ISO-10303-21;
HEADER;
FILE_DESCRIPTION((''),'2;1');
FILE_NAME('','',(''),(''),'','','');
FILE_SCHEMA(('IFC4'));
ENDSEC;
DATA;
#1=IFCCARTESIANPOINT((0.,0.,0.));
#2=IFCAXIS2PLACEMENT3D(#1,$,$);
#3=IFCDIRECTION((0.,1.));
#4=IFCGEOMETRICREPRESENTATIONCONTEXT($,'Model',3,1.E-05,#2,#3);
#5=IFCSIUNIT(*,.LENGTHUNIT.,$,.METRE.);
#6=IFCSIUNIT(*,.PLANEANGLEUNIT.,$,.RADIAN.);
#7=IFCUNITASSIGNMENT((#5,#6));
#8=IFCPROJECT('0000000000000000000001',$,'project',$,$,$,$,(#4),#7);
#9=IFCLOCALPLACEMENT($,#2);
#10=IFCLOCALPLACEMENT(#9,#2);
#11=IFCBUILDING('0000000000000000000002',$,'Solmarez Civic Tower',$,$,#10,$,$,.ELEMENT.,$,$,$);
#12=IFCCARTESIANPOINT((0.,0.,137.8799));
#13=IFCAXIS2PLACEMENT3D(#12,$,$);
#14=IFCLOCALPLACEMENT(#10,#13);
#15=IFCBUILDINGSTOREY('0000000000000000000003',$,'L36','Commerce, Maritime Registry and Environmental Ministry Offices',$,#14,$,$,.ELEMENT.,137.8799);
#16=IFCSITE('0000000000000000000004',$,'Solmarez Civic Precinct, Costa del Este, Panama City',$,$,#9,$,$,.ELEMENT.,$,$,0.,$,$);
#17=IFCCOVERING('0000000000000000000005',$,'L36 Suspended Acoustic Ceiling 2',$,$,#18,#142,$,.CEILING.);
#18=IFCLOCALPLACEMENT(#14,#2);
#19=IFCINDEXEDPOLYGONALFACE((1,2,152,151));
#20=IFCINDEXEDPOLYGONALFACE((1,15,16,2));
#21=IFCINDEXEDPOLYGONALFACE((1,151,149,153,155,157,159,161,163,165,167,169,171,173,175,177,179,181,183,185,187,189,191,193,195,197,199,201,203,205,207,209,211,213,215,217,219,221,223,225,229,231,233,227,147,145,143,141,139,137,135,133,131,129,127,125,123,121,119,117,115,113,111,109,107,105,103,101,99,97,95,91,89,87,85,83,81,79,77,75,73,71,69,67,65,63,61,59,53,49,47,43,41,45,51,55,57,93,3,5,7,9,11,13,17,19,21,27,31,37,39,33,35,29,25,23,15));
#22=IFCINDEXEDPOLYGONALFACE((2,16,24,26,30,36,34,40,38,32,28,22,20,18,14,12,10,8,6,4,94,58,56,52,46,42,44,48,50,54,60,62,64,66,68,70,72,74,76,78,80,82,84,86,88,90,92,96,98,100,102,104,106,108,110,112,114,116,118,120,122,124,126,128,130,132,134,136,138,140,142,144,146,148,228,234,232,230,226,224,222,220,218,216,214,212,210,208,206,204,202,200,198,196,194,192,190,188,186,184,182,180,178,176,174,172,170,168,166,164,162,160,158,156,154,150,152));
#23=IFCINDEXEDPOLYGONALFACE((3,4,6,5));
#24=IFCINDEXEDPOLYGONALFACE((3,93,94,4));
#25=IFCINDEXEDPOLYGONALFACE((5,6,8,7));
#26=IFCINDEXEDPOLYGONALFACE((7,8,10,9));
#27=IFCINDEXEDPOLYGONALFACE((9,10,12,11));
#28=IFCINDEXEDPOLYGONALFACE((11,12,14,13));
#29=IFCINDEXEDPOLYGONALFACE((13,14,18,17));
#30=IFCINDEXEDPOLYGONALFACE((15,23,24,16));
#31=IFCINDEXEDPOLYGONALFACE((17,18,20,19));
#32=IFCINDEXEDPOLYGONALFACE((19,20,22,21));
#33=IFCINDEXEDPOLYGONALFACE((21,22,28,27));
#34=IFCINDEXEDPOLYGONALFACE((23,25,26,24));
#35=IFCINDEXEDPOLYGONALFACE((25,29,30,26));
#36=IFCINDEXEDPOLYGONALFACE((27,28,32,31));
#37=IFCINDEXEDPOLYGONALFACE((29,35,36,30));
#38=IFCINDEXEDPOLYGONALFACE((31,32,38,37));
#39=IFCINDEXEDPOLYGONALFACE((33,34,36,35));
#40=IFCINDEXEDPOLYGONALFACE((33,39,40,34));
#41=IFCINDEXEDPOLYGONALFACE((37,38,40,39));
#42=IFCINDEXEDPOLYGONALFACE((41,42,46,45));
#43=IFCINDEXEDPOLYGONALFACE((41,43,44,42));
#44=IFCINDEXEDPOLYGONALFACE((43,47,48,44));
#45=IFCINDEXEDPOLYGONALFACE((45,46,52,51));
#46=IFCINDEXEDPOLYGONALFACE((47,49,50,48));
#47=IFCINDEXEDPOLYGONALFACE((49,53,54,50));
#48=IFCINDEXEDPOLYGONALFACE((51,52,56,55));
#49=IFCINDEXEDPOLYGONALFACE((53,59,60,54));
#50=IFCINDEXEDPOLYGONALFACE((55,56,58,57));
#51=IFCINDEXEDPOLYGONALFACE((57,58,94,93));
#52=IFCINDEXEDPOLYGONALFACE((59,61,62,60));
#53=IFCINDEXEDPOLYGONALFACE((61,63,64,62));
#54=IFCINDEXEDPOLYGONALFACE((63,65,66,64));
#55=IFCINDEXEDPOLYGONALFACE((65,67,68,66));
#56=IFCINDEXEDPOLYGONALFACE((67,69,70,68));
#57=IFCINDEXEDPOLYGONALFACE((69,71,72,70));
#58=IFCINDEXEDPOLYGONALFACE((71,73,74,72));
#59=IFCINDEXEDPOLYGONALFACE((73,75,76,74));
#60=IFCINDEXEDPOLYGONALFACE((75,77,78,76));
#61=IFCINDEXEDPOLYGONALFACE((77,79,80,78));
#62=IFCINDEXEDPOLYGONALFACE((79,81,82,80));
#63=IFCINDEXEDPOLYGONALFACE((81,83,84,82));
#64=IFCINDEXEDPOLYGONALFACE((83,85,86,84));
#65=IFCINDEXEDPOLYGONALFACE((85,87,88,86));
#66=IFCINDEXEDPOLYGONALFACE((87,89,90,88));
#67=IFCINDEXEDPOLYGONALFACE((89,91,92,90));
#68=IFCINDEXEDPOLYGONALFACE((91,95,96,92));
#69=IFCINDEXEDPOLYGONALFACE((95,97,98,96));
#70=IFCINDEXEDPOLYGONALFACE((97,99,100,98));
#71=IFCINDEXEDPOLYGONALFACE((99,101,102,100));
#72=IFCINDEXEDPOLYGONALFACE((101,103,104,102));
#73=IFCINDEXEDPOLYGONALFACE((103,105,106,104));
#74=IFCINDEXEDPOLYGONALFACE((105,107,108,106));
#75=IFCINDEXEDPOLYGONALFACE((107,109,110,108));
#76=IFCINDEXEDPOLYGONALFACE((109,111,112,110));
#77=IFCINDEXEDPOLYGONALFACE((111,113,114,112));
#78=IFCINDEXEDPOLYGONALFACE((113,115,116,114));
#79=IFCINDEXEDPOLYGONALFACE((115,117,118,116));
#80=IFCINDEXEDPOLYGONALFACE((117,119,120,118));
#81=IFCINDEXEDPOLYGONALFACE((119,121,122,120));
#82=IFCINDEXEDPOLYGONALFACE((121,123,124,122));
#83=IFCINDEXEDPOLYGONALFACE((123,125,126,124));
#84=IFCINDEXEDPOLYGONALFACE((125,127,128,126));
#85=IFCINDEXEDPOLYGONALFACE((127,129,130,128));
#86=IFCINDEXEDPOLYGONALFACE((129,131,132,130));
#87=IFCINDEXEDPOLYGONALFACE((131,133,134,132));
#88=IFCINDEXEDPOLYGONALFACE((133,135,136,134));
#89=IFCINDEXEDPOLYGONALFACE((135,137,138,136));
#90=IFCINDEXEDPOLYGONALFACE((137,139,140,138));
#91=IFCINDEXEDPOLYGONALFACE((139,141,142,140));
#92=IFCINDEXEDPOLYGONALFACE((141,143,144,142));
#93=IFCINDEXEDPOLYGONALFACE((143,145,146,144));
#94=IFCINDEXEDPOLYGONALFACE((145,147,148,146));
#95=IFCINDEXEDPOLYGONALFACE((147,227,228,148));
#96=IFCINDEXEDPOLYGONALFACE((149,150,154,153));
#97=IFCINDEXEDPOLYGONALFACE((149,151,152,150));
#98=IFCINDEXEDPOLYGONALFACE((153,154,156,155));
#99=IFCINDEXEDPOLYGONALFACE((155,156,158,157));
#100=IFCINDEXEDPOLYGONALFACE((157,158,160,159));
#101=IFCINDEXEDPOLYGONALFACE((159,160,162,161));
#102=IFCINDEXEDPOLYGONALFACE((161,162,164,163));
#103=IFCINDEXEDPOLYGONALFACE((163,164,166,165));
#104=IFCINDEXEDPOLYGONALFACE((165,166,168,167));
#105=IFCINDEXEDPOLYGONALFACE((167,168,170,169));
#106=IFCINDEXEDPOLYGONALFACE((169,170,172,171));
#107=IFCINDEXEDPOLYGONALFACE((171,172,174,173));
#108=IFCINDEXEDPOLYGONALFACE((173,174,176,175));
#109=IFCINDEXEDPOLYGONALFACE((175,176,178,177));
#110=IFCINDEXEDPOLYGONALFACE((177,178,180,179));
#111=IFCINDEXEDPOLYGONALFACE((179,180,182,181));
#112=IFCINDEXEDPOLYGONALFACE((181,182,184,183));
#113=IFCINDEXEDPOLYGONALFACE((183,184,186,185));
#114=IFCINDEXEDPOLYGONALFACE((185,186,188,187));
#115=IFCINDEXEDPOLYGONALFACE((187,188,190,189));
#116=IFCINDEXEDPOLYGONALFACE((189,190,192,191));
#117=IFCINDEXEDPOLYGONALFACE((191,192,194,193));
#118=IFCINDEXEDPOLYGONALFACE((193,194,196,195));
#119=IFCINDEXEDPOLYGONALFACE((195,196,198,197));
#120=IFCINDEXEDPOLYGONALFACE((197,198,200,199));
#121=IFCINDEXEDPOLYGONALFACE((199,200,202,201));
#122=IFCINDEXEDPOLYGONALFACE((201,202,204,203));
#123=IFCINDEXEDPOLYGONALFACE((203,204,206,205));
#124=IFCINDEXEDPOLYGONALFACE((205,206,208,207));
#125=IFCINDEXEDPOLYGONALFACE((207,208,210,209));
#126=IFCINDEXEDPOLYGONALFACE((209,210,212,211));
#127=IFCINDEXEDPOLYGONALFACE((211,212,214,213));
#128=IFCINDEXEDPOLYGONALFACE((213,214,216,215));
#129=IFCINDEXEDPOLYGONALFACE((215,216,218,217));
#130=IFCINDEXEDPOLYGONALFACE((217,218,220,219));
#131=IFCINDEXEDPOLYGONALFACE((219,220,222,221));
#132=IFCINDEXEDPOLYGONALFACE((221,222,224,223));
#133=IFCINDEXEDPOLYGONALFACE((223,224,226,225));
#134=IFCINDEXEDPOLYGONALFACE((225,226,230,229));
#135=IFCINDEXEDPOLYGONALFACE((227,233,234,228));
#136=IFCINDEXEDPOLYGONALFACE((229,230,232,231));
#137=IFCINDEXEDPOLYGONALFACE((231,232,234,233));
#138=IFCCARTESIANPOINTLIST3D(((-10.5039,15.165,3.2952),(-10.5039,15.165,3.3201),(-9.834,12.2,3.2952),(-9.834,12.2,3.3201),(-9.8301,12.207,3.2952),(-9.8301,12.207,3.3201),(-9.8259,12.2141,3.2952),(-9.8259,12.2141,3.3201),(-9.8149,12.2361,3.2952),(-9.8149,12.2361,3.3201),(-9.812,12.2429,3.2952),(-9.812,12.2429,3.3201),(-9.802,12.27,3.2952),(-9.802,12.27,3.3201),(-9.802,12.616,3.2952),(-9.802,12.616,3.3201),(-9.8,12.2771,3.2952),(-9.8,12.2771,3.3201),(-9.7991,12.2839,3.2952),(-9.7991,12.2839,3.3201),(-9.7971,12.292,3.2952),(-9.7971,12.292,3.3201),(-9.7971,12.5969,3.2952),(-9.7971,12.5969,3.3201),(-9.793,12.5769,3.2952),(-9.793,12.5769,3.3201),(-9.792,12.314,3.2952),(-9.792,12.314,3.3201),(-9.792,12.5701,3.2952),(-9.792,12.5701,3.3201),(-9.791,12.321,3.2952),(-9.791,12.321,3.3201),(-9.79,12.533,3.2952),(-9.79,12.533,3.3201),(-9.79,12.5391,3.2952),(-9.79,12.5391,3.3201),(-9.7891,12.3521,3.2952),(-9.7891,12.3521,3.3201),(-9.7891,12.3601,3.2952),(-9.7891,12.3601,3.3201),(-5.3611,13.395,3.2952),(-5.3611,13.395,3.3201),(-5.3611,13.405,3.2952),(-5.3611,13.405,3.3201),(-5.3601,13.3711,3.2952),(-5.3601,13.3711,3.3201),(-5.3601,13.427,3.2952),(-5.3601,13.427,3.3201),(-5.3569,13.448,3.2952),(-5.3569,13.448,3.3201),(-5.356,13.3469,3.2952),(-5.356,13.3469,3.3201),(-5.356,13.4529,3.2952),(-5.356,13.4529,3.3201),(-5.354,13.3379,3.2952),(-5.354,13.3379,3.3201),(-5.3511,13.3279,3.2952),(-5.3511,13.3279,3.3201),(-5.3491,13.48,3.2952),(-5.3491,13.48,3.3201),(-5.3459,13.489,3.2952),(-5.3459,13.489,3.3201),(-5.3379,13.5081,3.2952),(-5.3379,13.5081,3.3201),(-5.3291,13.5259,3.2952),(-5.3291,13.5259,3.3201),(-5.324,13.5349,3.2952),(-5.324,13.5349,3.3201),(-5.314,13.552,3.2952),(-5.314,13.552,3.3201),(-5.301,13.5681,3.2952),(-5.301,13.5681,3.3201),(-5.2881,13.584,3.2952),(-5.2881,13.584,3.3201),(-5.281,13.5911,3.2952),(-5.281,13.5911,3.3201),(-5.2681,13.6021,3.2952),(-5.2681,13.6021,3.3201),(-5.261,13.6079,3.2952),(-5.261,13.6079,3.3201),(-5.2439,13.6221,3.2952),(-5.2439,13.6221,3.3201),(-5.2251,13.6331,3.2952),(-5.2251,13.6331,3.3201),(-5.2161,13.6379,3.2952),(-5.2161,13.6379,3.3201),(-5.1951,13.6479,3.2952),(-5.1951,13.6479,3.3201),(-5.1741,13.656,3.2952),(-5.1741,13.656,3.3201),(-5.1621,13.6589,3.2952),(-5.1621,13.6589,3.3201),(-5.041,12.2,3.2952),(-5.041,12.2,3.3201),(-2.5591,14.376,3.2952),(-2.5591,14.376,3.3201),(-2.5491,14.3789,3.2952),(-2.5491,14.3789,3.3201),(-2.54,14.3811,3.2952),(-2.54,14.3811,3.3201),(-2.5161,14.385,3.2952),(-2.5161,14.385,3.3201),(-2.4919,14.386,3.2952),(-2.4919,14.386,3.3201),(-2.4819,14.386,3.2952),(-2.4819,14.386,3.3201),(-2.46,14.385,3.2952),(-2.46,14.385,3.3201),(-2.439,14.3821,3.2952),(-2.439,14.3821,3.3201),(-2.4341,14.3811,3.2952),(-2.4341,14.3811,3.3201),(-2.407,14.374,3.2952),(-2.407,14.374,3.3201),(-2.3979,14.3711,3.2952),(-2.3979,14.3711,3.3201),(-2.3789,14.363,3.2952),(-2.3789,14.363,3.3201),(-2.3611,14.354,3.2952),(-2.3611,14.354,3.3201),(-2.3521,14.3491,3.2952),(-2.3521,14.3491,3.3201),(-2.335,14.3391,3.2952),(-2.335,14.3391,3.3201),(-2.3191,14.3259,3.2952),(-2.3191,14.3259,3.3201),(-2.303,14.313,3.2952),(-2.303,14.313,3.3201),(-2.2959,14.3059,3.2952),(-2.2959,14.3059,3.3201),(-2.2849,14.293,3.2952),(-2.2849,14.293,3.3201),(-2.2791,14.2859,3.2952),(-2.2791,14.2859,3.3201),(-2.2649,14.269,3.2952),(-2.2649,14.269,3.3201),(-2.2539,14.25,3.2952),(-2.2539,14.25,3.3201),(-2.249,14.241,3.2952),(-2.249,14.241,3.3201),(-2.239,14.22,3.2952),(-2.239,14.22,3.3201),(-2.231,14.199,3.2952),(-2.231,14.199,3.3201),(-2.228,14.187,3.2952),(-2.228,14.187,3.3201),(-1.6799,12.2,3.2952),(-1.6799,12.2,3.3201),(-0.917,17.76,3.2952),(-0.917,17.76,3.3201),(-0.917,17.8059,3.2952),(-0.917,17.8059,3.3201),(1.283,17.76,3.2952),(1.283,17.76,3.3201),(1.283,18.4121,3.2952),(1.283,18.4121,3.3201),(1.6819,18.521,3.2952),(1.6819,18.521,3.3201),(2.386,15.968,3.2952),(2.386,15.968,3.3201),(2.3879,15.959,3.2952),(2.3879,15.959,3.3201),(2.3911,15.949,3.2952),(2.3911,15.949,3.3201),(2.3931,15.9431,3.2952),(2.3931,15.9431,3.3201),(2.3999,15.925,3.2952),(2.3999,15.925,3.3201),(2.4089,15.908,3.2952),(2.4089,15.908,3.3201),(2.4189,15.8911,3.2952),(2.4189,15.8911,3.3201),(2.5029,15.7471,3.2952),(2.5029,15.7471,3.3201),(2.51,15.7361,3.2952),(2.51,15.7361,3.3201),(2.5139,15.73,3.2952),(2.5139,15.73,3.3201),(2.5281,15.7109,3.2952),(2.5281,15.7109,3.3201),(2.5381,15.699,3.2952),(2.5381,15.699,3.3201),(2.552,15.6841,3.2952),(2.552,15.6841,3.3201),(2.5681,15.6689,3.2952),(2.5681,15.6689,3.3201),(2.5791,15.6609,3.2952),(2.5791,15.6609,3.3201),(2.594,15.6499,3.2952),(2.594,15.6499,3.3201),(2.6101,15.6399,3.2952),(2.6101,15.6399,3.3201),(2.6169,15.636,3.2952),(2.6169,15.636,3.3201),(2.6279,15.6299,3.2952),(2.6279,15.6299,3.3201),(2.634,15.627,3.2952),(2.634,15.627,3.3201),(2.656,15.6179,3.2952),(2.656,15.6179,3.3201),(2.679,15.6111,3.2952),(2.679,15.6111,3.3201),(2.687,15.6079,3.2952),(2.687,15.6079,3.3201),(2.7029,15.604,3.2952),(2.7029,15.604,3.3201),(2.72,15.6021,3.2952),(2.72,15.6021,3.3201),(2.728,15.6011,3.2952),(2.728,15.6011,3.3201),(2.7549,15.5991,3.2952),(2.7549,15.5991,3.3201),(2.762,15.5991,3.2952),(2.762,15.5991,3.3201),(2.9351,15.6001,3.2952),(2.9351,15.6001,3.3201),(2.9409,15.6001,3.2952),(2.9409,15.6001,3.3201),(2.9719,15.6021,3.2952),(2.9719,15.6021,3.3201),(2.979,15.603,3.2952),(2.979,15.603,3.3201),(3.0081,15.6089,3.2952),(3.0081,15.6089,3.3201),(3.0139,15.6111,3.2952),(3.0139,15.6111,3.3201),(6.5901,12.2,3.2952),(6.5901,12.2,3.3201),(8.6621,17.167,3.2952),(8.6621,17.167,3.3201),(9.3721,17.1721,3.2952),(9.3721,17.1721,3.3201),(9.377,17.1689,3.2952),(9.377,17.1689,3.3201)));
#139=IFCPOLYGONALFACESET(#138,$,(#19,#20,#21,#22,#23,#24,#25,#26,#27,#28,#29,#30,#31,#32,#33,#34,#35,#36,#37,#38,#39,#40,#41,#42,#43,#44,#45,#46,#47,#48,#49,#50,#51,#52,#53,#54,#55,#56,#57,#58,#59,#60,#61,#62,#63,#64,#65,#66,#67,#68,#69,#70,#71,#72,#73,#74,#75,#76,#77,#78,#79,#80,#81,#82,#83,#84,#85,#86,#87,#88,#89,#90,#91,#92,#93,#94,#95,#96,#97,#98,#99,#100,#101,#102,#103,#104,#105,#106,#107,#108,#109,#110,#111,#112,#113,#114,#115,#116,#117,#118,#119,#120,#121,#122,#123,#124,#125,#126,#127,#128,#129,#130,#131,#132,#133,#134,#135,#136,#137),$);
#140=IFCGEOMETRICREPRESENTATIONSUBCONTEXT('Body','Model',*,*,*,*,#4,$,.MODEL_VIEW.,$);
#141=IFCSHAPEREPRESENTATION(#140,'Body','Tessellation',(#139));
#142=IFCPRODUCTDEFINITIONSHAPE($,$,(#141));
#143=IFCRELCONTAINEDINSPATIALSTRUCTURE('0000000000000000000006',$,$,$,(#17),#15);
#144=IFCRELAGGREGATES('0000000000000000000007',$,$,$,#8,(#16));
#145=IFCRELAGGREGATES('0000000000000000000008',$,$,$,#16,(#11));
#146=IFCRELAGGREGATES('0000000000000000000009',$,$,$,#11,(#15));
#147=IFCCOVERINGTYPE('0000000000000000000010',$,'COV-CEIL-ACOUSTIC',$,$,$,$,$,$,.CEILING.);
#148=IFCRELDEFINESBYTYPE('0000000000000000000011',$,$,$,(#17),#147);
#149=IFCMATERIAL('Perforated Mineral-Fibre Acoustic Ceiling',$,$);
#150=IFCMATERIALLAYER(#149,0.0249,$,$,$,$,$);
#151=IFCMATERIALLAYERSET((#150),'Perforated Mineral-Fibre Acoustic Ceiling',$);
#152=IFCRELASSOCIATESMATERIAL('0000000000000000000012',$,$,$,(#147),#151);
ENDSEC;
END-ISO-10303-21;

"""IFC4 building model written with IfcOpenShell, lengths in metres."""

from ifc_helpers import new_model, si_unit, direction, frame, origin, place, context, subcontext, project, spatial, polyline, outline, extrude, material, layer, layer_set, type_object, element, save


model = new_model("IFC4")

# Units and contexts
model_context = context("Model", 3, precision=1e-05, world=origin(), true_north=direction((0.0, 1.0)))
body_context = subcontext(model_context, "Body", "Model", "MODEL_VIEW")
ifc_project = project(units=[si_unit("LENGTHUNIT", "METRE"), si_unit("PLANEANGLEUNIT", "RADIAN")], contexts=[model_context])

# Site, building, storey
site_placement = place(None, origin())
site = spatial("IfcSite", under=ifc_project, at=site_placement, Name="Solmarez Civic Precinct, Costa del Este, Panama City", CompositionType="ELEMENT", RefElevation=0.0)
building_placement = place(site_placement, origin())
building = spatial("IfcBuilding", under=site, at=building_placement, Name="Solmarez Civic Tower", CompositionType="ELEMENT")
storey_placement = place(building_placement, frame((0.0, 0.0, 137.8799)))
storey = spatial("IfcBuildingStorey", under=building, at=storey_placement, Name="L36", Description="Commerce, Maritime Registry and Environmental Ministry Offices", CompositionType="ELEMENT", Elevation=137.8799)

# Covering
ifc_material_1 = material(Name="Perforated Mineral-Fibre Acoustic Ceiling")
ifc_layer_1 = layer(ifc_material_1, 0.0249)
ifc_layer_set_1 = layer_set([ifc_layer_1], Name="Perforated Mineral-Fibre Acoustic Ceiling")
covering_type_1 = type_object("IfcCoveringType", Name="COV-CEIL-ACOUSTIC", PredefinedType="CEILING", material=ifc_layer_set_1)
covering_1_placement = place(storey_placement, frame((0.0, 0.0, 3.2952)))
element("IfcCovering", 1, at=covering_1_placement, inside=storey, type_object=covering_type_1, Name="L36 Suspended Acoustic Ceiling 2", PredefinedType="CEILING", context=body_context, shape_type="SweptSolid", body=[
    extrude(outline(polyline([(-10.5039, 15.165), (-9.802, 12.616), (-9.7971, 12.5969), (-9.793, 12.5769), (-9.792, 12.5701), (-9.79, 12.5391), (-9.79, 12.533), (-9.7891, 12.3601), (-9.7891, 12.3521), (-9.791, 12.321), (-9.792, 12.314), (-9.7971, 12.292), (-9.7991, 12.2839), (-9.8, 12.2771), (-9.802, 12.27), (-9.812, 12.2429), (-9.8149, 12.2361), (-9.8259, 12.2141), (-9.8301, 12.207), (-9.834, 12.2), (-5.041, 12.2), (-5.3511, 13.3279), (-5.354, 13.3379), (-5.356, 13.3469), (-5.3601, 13.3711), (-5.3611, 13.395), (-5.3611, 13.405), (-5.3601, 13.427), (-5.3569, 13.448), (-5.356, 13.4529), (-5.3491, 13.48), (-5.3459, 13.489), (-5.3379, 13.5081), (-5.3291, 13.5259), (-5.324, 13.5349), (-5.314, 13.552), (-5.301, 13.5681), (-5.2881, 13.584), (-5.281, 13.5911), (-5.2681, 13.6021), (-5.261, 13.6079), (-5.2439, 13.6221), (-5.2251, 13.6331), (-5.2161, 13.6379), (-5.1951, 13.6479), (-5.1741, 13.656), (-5.1621, 13.6589), (-2.5591, 14.376), (-2.5491, 14.3789), (-2.54, 14.3811), (-2.5161, 14.385), (-2.4919, 14.386), (-2.4819, 14.386), (-2.46, 14.385), (-2.439, 14.3821), (-2.4341, 14.3811), (-2.407, 14.374), (-2.3979, 14.3711), (-2.3789, 14.363), (-2.3611, 14.354), (-2.3521, 14.3491), (-2.335, 14.3391), (-2.3191, 14.3259), (-2.303, 14.313), (-2.2959, 14.3059), (-2.2849, 14.293), (-2.2791, 14.2859), (-2.2649, 14.269), (-2.2539, 14.25), (-2.249, 14.241), (-2.239, 14.22), (-2.231, 14.199), (-2.228, 14.187), (-1.6799, 12.2), (6.5901, 12.2), (9.377, 17.1689), (9.3721, 17.1721), (8.6621, 17.167), (3.0139, 15.6111), (3.0081, 15.6089), (2.979, 15.603), (2.9719, 15.6021), (2.9409, 15.6001), (2.9351, 15.6001), (2.762, 15.5991), (2.7549, 15.5991), (2.728, 15.6011), (2.72, 15.6021), (2.7029, 15.604), (2.687, 15.6079), (2.679, 15.6111), (2.656, 15.6179), (2.634, 15.627), (2.6279, 15.6299), (2.6169, 15.636), (2.6101, 15.6399), (2.594, 15.6499), (2.5791, 15.6609), (2.5681, 15.6689), (2.552, 15.6841), (2.5381, 15.699), (2.5281, 15.7109), (2.5139, 15.73), (2.51, 15.7361), (2.5029, 15.7471), (2.4189, 15.8911), (2.4089, 15.908), (2.3999, 15.925), (2.3931, 15.9431), (2.3911, 15.949), (2.3879, 15.959), (2.386, 15.968), (1.6819, 18.521), (1.283, 18.4121), (1.283, 17.76), (-0.917, 17.76), (-0.917, 17.8059), (-10.5039, 15.165)])), origin(), (0.0, 0.0, 1.0), 0.0249),
])

save(model, "model.ifc")
